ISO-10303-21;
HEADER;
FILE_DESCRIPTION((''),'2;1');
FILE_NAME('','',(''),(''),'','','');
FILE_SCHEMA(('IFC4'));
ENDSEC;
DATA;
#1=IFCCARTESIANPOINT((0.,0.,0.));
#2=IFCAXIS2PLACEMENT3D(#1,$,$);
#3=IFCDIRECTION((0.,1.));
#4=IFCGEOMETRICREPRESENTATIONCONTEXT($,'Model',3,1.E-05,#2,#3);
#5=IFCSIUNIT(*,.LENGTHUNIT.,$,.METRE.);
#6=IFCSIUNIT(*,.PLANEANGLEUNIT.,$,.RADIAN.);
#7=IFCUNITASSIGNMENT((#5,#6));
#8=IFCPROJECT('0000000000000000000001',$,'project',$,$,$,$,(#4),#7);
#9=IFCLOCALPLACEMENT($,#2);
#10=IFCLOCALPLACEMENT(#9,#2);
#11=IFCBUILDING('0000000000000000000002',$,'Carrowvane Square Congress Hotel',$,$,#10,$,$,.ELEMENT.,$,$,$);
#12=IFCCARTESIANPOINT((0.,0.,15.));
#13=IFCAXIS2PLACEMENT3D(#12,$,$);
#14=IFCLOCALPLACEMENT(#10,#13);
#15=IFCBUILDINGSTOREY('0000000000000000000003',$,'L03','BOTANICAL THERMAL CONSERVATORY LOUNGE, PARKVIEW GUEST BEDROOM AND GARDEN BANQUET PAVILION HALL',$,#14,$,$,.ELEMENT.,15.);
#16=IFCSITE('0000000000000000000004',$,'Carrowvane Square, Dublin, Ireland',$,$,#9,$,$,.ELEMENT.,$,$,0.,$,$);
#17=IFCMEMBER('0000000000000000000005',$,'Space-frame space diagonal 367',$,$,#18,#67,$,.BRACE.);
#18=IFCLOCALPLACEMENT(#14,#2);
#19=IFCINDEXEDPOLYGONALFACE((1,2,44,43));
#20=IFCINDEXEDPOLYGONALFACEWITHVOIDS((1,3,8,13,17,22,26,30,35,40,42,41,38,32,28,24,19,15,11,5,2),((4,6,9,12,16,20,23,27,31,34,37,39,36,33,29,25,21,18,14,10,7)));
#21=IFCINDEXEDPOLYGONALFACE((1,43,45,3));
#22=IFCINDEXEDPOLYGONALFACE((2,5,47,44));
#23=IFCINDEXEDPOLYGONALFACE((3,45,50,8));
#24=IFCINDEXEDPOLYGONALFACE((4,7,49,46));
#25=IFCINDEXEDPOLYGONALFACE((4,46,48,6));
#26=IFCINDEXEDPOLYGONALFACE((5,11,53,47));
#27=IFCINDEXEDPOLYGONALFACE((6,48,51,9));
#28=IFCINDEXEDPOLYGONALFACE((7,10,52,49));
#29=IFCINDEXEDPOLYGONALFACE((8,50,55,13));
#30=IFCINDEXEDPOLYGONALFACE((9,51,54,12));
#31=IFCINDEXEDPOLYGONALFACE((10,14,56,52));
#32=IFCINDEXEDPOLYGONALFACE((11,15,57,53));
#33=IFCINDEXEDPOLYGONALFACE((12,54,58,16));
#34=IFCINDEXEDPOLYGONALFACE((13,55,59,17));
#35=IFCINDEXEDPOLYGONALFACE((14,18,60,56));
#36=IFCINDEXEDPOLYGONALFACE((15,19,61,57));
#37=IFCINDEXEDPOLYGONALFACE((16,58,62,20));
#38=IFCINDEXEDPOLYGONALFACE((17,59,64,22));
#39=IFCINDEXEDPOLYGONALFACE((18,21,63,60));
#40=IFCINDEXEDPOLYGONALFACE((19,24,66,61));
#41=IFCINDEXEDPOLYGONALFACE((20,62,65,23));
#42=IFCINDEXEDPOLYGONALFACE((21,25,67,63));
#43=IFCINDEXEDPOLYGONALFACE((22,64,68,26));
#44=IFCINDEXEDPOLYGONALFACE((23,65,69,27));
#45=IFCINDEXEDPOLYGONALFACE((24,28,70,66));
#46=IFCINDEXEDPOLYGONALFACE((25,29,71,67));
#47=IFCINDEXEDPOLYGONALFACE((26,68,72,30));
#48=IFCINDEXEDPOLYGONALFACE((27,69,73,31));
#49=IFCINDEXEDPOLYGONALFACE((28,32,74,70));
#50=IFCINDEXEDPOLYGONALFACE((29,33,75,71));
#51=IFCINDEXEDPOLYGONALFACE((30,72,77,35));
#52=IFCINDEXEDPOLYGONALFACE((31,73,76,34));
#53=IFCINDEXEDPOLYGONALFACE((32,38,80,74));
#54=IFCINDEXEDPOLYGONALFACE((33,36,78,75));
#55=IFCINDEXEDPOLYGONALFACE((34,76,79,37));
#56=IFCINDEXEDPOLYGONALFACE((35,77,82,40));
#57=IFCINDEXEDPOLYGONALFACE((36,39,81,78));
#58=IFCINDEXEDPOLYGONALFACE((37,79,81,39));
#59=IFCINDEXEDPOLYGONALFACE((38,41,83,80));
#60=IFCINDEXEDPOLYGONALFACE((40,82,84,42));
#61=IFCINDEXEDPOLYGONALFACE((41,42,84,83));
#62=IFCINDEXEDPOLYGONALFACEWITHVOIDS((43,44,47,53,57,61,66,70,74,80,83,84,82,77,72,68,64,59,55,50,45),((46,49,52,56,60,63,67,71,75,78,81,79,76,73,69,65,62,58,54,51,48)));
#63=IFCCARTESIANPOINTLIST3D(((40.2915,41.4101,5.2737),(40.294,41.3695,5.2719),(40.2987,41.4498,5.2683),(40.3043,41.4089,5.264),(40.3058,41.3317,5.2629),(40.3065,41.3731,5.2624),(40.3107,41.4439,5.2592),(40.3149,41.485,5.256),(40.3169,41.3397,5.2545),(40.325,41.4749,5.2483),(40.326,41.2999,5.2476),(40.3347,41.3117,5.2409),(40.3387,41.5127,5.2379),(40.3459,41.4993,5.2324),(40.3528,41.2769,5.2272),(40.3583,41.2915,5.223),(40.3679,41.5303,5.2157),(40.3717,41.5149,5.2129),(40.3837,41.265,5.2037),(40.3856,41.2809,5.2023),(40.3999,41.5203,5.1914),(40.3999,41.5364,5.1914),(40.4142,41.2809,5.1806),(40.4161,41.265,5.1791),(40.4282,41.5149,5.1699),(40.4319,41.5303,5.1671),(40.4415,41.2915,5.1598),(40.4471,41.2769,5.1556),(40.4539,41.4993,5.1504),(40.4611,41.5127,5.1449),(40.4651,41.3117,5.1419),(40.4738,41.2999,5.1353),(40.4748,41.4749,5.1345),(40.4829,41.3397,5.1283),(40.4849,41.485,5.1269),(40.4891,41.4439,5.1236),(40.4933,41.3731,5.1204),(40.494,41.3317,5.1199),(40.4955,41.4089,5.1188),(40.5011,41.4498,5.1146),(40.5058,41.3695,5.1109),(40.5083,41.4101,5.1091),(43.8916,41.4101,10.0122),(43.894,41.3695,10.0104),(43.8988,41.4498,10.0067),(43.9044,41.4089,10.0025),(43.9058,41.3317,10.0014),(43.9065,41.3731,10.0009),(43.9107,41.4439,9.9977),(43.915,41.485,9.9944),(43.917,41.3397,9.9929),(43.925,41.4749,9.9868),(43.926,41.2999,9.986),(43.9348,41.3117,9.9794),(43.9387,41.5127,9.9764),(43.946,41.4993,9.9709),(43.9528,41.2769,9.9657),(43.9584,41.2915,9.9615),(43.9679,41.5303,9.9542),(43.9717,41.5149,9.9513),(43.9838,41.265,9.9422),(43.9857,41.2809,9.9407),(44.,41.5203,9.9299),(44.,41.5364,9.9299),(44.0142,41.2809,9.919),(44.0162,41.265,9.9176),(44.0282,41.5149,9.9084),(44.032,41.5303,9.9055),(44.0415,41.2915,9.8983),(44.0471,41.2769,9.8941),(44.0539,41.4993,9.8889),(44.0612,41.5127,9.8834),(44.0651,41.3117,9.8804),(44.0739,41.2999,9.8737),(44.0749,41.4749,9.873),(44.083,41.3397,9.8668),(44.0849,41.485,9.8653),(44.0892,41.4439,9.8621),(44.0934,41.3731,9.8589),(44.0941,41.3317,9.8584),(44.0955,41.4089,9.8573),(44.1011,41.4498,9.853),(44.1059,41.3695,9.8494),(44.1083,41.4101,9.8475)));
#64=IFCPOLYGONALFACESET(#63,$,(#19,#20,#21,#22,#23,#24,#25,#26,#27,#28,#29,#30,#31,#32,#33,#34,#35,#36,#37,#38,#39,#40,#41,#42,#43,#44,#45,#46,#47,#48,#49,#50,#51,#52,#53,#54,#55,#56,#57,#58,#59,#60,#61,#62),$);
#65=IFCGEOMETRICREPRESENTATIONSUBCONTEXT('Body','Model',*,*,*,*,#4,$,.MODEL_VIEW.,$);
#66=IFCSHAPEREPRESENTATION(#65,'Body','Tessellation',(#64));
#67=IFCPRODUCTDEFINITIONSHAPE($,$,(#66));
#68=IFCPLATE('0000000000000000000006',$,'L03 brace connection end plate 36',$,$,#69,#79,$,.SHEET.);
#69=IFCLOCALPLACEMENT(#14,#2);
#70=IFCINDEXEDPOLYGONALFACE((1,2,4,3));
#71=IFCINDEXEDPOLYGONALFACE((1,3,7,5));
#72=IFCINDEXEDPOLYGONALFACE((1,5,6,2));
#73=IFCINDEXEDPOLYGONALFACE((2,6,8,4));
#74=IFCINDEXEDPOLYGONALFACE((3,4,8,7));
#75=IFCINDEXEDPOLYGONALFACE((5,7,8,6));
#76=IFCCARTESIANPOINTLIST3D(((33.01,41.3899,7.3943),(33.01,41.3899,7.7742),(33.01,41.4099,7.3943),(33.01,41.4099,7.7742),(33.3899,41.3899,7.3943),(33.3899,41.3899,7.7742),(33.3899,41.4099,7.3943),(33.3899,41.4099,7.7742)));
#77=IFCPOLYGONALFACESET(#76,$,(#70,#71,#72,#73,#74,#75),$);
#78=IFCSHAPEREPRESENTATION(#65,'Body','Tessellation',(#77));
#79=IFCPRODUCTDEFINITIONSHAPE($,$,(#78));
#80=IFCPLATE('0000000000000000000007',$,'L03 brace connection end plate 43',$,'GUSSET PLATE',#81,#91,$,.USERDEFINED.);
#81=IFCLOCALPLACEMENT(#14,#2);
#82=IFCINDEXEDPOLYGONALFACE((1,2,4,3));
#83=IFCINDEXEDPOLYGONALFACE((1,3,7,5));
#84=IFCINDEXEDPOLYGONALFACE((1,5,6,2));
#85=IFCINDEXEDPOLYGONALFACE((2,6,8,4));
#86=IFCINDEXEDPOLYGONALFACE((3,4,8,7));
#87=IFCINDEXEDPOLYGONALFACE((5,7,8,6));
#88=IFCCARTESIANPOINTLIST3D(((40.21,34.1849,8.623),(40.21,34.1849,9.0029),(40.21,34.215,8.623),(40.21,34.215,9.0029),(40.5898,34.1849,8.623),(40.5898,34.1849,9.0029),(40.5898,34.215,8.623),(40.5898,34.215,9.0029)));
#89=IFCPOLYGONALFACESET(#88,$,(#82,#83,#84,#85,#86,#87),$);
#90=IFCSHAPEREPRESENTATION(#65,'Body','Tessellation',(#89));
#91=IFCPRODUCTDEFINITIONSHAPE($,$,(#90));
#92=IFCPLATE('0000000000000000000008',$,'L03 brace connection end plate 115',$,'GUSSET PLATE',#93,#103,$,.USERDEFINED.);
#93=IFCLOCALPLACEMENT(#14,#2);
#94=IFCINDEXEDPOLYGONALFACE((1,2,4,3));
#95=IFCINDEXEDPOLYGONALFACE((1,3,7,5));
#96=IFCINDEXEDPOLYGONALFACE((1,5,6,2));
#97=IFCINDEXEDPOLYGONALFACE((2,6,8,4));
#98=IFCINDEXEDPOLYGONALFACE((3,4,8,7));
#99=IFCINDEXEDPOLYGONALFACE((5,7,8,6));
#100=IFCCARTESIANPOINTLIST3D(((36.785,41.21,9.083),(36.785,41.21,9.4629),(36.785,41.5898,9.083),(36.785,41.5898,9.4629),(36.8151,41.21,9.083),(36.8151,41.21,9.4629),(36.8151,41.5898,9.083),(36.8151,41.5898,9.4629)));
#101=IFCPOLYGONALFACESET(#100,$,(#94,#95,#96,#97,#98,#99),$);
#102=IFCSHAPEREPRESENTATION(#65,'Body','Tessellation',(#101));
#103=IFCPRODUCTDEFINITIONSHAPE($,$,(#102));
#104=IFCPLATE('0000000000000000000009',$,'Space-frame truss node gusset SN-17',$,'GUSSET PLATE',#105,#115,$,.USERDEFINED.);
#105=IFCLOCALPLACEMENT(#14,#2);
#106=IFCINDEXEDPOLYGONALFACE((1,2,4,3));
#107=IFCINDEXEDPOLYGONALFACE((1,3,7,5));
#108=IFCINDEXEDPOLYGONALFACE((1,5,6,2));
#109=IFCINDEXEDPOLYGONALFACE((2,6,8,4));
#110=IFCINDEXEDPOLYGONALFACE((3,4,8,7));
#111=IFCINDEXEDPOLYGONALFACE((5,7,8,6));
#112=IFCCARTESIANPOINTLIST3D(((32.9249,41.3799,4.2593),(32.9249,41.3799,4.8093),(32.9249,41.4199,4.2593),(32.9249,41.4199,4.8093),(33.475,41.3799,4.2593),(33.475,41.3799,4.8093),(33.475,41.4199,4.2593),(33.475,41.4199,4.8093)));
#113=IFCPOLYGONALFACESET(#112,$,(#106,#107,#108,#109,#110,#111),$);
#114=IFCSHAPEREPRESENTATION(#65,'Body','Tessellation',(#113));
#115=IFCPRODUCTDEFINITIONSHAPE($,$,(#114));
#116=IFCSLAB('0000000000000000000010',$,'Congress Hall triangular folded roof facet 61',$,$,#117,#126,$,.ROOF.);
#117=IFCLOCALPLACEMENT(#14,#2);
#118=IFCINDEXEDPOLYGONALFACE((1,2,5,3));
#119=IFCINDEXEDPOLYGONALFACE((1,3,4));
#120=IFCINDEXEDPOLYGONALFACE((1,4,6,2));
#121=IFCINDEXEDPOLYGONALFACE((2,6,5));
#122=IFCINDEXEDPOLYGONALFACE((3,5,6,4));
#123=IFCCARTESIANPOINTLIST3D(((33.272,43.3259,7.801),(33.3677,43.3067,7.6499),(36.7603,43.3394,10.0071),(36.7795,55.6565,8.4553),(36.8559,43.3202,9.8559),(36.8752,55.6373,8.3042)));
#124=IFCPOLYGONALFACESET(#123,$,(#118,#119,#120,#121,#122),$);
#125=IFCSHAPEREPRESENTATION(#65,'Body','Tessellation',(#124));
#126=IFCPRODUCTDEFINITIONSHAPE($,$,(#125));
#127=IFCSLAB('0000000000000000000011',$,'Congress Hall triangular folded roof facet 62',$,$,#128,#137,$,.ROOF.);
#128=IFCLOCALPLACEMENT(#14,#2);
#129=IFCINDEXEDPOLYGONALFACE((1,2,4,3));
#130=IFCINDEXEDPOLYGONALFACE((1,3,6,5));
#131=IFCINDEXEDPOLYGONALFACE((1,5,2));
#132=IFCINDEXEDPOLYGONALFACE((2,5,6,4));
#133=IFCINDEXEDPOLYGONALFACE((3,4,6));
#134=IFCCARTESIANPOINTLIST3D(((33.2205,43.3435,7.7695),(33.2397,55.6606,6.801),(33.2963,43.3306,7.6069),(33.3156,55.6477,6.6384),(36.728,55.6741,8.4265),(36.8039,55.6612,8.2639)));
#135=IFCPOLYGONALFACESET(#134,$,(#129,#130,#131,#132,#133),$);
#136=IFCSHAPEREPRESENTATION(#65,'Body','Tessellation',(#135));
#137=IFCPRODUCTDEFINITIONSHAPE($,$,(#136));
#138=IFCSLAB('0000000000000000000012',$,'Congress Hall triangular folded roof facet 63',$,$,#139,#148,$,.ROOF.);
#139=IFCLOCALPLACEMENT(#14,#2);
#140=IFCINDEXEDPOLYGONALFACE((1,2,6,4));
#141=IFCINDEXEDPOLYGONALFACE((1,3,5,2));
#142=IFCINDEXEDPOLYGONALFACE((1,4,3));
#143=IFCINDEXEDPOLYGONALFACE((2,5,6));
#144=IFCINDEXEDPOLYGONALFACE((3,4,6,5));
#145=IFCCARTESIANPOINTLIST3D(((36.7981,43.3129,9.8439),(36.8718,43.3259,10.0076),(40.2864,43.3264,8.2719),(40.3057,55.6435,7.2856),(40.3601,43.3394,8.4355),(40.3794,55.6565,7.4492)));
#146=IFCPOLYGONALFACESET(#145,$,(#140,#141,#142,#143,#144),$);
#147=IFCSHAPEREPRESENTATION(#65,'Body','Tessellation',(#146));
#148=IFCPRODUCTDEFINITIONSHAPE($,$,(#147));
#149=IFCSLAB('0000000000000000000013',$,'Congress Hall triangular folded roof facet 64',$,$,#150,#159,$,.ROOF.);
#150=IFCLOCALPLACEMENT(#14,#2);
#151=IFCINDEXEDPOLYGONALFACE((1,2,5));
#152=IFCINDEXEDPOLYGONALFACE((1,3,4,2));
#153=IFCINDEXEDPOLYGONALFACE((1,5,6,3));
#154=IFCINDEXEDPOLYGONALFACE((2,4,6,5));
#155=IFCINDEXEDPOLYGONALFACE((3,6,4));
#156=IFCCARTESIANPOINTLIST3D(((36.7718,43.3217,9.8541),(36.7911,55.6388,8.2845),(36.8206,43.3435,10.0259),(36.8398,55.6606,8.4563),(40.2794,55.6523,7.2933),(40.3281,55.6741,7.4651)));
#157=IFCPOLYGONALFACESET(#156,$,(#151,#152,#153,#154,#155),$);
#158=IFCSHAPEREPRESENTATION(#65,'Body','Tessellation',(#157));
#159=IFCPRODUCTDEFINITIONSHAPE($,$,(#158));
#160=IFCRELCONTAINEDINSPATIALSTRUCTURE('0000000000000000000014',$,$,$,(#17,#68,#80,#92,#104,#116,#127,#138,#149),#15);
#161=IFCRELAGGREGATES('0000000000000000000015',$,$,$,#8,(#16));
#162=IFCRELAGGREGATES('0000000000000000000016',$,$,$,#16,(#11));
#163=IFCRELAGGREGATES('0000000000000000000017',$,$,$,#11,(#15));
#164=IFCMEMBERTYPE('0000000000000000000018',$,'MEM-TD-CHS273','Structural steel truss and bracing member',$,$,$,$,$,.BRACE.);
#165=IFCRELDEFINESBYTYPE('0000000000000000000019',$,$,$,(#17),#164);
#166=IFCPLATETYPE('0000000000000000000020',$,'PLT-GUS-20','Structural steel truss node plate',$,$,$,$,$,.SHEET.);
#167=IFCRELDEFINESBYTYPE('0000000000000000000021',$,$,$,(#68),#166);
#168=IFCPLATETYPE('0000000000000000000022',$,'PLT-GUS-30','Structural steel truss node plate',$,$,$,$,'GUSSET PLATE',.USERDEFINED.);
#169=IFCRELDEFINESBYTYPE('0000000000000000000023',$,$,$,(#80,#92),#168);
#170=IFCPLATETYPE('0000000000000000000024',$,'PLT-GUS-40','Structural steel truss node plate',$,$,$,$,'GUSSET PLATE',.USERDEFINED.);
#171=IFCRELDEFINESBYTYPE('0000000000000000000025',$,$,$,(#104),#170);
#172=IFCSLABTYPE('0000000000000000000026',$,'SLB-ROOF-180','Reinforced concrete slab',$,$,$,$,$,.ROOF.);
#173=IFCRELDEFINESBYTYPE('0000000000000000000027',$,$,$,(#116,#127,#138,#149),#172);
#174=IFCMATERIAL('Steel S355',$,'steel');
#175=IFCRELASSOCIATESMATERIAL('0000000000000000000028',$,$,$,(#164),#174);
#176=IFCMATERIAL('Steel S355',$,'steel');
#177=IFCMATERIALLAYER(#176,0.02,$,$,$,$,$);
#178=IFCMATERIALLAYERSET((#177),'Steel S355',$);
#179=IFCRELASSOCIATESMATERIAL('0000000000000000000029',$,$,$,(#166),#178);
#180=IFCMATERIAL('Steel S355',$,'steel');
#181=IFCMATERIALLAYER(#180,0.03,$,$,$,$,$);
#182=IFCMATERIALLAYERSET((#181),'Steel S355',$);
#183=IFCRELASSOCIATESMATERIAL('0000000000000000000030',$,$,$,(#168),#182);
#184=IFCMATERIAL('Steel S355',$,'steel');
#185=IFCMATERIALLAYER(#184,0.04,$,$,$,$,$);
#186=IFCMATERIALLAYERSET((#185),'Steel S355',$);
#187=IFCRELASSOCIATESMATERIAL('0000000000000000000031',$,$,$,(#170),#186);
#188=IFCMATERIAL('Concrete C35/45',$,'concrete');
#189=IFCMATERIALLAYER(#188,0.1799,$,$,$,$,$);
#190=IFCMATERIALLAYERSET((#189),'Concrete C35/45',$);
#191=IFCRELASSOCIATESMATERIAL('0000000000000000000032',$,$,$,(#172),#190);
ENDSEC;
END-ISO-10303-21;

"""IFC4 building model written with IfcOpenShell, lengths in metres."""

from ifc_helpers import new_model, si_unit, direction, frame, origin, origin_2d, place, context, subcontext, project, spatial, polyline, rectangle, hollow_circle, outline, extrude, material, layer, layer_set, material_profile, profile_set, type_object, element, save


model = new_model("IFC4")

# Units and contexts
model_context = context("Model", 3, precision=1e-05, world=origin(), true_north=direction((0.0, 1.0)))
body_context = subcontext(model_context, "Body", "Model", "MODEL_VIEW")
ifc_project = project(units=[si_unit("LENGTHUNIT", "METRE"), si_unit("PLANEANGLEUNIT", "RADIAN")], contexts=[model_context])

# Site, building, storey
site_placement = place(None, origin())
site = spatial("IfcSite", under=ifc_project, at=site_placement, Name="Carrowvane Square, Dublin, Ireland", CompositionType="ELEMENT", RefElevation=0.0)
building_placement = place(site_placement, origin())
building = spatial("IfcBuilding", under=site, at=building_placement, Name="Carrowvane Square Congress Hotel", CompositionType="ELEMENT")
storey_placement = place(building_placement, frame((0.0, 0.0, 15.0)))
storey = spatial("IfcBuildingStorey", under=building, at=storey_placement, Name="L03", Description="BOTANICAL THERMAL CONSERVATORY LOUNGE, PARKVIEW GUEST BEDROOM AND GARDEN BANQUET PAVILION HALL", CompositionType="ELEMENT", Elevation=15.0)

# Member
ifc_material_1 = material(Name="Steel S355", Category="steel")
ifc_material_profile_1 = material_profile(ifc_material_1, hollow_circle(Radius=0.1365, WallThickness=0.0161, at=origin_2d()), Name="CHS 273.0x16")
ifc_profile_set_1 = profile_set([ifc_material_profile_1], Name="Steel S355")
member_type_1 = type_object("IfcMemberType", Name="MEM-TD-CHS273", Description="Structural steel truss and bracing member", PredefinedType="BRACE", material=ifc_profile_set_1)
member_1_placement = place(storey_placement, frame((40.3999, 41.3999, 5.1914), z_axis=(0.604957, 0.0, 0.796258), x_axis=(0.0, 1.0, 0.0)))
element("IfcMember", 1, at=member_1_placement, inside=storey, type_object=member_type_1, Name="Space-frame space diagonal 367", PredefinedType="BRACE", context=body_context, shape_type="SweptSolid", body=[
    extrude(hollow_circle(Radius=0.1365, WallThickness=0.0161, at=origin_2d()), origin(), (0.0, 0.0, 1.0), 5.9509),
])

# Plates
ifc_material_2 = material(Name="Steel S355", Category="steel")
ifc_layer_1 = layer(ifc_material_2, 0.02)
ifc_layer_set_1 = layer_set([ifc_layer_1], Name="Steel S355")
plate_type_1 = type_object("IfcPlateType", Name="PLT-GUS-20", Description="Structural steel truss node plate", PredefinedType="SHEET", material=ifc_layer_set_1)
plate_1_placement = place(storey_placement, frame((33.2, 41.3999, 7.3943), z_axis=(0.0, 0.0, 1.0), x_axis=(1.0, 0.0, 0.0)))
element("IfcPlate", 2, at=plate_1_placement, inside=storey, type_object=plate_type_1, Name="L03 brace connection end plate 36", PredefinedType="SHEET", context=body_context, shape_type="SweptSolid", body=[
    extrude(rectangle(XDim=0.3799, YDim=0.02, at=origin_2d()), origin(), (0.0, 0.0, 1.0), 0.3799),
])
ifc_material_3 = material(Name="Steel S355", Category="steel")
ifc_layer_2 = layer(ifc_material_3, 0.03)
ifc_layer_set_2 = layer_set([ifc_layer_2], Name="Steel S355")
plate_type_2 = type_object("IfcPlateType", Name="PLT-GUS-30", Description="Structural steel truss node plate", ElementType="GUSSET PLATE", PredefinedType="USERDEFINED", material=ifc_layer_set_2)
plate_2_placement = place(storey_placement, frame((40.3999, 34.2, 8.623), z_axis=(0.0, 0.0, 1.0), x_axis=(1.0, 0.0, 0.0)))
element("IfcPlate", 3, at=plate_2_placement, inside=storey, type_object=plate_type_2, Name="L03 brace connection end plate 43", ObjectType="GUSSET PLATE", PredefinedType="USERDEFINED", context=body_context, shape_type="SweptSolid", body=[
    extrude(rectangle(XDim=0.3799, YDim=0.03, at=origin_2d()), origin(), (0.0, 0.0, 1.0), 0.3799),
])
plate_3_placement = place(storey_placement, frame((36.8, 41.3999, 9.083), z_axis=(0.0, 0.0, 1.0), x_axis=(1.0, 0.0, 0.0)))
element("IfcPlate", 4, at=plate_3_placement, inside=storey, type_object=plate_type_2, Name="L03 brace connection end plate 115", ObjectType="GUSSET PLATE", PredefinedType="USERDEFINED", context=body_context, shape_type="SweptSolid", body=[
    extrude(rectangle(XDim=0.03, YDim=0.3799, at=origin_2d()), origin(), (0.0, 0.0, 1.0), 0.3799),
])
ifc_material_4 = material(Name="Steel S355", Category="steel")
ifc_layer_3 = layer(ifc_material_4, 0.04)
ifc_layer_set_3 = layer_set([ifc_layer_3], Name="Steel S355")
plate_type_3 = type_object("IfcPlateType", Name="PLT-GUS-40", Description="Structural steel truss node plate", ElementType="GUSSET PLATE", PredefinedType="USERDEFINED", material=ifc_layer_set_3)
plate_4_placement = place(storey_placement, frame((33.2, 41.3999, 4.2593), z_axis=(0.0, 0.0, 1.0), x_axis=(1.0, 0.0, 0.0)))
element("IfcPlate", 5, at=plate_4_placement, inside=storey, type_object=plate_type_3, Name="Space-frame truss node gusset SN-17", ObjectType="GUSSET PLATE", PredefinedType="USERDEFINED", context=body_context, shape_type="SweptSolid", body=[
    extrude(rectangle(XDim=0.55, YDim=0.04, at=origin_2d()), origin(), (0.0, 0.0, 1.0), 0.55),
])

# Slabs
ifc_material_5 = material(Name="Concrete C35/45", Category="concrete")
ifc_layer_4 = layer(ifc_material_5, 0.1799)
ifc_layer_set_4 = layer_set([ifc_layer_4], Name="Concrete C35/45")
slab_type = type_object("IfcSlabType", Name="SLB-ROOF-180", Description="Reinforced concrete slab", PredefinedType="ROOF", material=ifc_layer_set_4)
slab_1_placement = place(storey_placement, frame((33.272, 43.3259, 7.801), z_axis=(-0.531743, 0.106679, 0.84016), x_axis=(0.845164, 0.003253, 0.534497)))
element("IfcSlab", 6, at=slab_1_placement, inside=storey, type_object=slab_type, Name="Congress Hall triangular folded roof facet 61", PredefinedType="ROOF", context=body_context, shape_type="SweptSolid", body=[
    extrude(outline(polyline([(0.0, 0.0), (4.1273, 0.0), (3.3543, 12.3904), (0.0, 0.0)])), origin(), (0.0, 0.0, -1.0), 0.1799),
])
slab_2_placement = place(storey_placement, frame((33.2205, 43.3435, 7.7695), z_axis=(-0.421517, 0.071741, 0.903978), x_axis=(0.273248, 0.960581, 0.051181)))
element("IfcSlab", 7, at=slab_2_placement, inside=storey, type_object=slab_type, Name="Congress Hall triangular folded roof facet 62", PredefinedType="ROOF", context=body_context, shape_type="SweptSolid", body=[
    extrude(outline(polyline([(0.0, 0.0), (12.8366, 0.0), (11.7873, 3.7026), (0.0, 0.0)])), origin(), (0.0, 0.0, -1.0), 0.1799),
])
slab_3_placement = place(storey_placement, frame((36.8718, 43.3259, 10.0076), z_axis=(0.409561, 0.072183, 0.909423), x_axis=(0.911691, 0.003509, -0.410861)))
element("IfcSlab", 8, at=slab_3_placement, inside=storey, type_object=slab_type, Name="Congress Hall triangular folded roof facet 63", PredefinedType="ROOF", context=body_context, shape_type="SweptSolid", body=[
    extrude(outline(polyline([(0.0, 0.0), (3.8262, 0.0), (4.2922, 12.3478), (0.0, 0.0)])), origin(), (0.0, 0.0, -1.0), 0.1799),
])
slab_4_placement = place(storey_placement, frame((36.8206, 43.3435, 10.0259), z_axis=(0.270885, 0.121265, 0.954943), x_axis=(0.268306, 0.943208, -0.195884)))
element("IfcSlab", 9, at=slab_4_placement, inside=storey, type_object=slab_type, Name="Congress Hall triangular folded roof facet 64", PredefinedType="ROOF", context=body_context, shape_type="SweptSolid", body=[
    extrude(outline(polyline([(0.0, 0.0), (13.073, 0.0), (11.9303, 3.4416), (0.0, 0.0)])), origin(), (0.0, 0.0, -1.0), 0.1799),
])

save(model, "model.ifc")
